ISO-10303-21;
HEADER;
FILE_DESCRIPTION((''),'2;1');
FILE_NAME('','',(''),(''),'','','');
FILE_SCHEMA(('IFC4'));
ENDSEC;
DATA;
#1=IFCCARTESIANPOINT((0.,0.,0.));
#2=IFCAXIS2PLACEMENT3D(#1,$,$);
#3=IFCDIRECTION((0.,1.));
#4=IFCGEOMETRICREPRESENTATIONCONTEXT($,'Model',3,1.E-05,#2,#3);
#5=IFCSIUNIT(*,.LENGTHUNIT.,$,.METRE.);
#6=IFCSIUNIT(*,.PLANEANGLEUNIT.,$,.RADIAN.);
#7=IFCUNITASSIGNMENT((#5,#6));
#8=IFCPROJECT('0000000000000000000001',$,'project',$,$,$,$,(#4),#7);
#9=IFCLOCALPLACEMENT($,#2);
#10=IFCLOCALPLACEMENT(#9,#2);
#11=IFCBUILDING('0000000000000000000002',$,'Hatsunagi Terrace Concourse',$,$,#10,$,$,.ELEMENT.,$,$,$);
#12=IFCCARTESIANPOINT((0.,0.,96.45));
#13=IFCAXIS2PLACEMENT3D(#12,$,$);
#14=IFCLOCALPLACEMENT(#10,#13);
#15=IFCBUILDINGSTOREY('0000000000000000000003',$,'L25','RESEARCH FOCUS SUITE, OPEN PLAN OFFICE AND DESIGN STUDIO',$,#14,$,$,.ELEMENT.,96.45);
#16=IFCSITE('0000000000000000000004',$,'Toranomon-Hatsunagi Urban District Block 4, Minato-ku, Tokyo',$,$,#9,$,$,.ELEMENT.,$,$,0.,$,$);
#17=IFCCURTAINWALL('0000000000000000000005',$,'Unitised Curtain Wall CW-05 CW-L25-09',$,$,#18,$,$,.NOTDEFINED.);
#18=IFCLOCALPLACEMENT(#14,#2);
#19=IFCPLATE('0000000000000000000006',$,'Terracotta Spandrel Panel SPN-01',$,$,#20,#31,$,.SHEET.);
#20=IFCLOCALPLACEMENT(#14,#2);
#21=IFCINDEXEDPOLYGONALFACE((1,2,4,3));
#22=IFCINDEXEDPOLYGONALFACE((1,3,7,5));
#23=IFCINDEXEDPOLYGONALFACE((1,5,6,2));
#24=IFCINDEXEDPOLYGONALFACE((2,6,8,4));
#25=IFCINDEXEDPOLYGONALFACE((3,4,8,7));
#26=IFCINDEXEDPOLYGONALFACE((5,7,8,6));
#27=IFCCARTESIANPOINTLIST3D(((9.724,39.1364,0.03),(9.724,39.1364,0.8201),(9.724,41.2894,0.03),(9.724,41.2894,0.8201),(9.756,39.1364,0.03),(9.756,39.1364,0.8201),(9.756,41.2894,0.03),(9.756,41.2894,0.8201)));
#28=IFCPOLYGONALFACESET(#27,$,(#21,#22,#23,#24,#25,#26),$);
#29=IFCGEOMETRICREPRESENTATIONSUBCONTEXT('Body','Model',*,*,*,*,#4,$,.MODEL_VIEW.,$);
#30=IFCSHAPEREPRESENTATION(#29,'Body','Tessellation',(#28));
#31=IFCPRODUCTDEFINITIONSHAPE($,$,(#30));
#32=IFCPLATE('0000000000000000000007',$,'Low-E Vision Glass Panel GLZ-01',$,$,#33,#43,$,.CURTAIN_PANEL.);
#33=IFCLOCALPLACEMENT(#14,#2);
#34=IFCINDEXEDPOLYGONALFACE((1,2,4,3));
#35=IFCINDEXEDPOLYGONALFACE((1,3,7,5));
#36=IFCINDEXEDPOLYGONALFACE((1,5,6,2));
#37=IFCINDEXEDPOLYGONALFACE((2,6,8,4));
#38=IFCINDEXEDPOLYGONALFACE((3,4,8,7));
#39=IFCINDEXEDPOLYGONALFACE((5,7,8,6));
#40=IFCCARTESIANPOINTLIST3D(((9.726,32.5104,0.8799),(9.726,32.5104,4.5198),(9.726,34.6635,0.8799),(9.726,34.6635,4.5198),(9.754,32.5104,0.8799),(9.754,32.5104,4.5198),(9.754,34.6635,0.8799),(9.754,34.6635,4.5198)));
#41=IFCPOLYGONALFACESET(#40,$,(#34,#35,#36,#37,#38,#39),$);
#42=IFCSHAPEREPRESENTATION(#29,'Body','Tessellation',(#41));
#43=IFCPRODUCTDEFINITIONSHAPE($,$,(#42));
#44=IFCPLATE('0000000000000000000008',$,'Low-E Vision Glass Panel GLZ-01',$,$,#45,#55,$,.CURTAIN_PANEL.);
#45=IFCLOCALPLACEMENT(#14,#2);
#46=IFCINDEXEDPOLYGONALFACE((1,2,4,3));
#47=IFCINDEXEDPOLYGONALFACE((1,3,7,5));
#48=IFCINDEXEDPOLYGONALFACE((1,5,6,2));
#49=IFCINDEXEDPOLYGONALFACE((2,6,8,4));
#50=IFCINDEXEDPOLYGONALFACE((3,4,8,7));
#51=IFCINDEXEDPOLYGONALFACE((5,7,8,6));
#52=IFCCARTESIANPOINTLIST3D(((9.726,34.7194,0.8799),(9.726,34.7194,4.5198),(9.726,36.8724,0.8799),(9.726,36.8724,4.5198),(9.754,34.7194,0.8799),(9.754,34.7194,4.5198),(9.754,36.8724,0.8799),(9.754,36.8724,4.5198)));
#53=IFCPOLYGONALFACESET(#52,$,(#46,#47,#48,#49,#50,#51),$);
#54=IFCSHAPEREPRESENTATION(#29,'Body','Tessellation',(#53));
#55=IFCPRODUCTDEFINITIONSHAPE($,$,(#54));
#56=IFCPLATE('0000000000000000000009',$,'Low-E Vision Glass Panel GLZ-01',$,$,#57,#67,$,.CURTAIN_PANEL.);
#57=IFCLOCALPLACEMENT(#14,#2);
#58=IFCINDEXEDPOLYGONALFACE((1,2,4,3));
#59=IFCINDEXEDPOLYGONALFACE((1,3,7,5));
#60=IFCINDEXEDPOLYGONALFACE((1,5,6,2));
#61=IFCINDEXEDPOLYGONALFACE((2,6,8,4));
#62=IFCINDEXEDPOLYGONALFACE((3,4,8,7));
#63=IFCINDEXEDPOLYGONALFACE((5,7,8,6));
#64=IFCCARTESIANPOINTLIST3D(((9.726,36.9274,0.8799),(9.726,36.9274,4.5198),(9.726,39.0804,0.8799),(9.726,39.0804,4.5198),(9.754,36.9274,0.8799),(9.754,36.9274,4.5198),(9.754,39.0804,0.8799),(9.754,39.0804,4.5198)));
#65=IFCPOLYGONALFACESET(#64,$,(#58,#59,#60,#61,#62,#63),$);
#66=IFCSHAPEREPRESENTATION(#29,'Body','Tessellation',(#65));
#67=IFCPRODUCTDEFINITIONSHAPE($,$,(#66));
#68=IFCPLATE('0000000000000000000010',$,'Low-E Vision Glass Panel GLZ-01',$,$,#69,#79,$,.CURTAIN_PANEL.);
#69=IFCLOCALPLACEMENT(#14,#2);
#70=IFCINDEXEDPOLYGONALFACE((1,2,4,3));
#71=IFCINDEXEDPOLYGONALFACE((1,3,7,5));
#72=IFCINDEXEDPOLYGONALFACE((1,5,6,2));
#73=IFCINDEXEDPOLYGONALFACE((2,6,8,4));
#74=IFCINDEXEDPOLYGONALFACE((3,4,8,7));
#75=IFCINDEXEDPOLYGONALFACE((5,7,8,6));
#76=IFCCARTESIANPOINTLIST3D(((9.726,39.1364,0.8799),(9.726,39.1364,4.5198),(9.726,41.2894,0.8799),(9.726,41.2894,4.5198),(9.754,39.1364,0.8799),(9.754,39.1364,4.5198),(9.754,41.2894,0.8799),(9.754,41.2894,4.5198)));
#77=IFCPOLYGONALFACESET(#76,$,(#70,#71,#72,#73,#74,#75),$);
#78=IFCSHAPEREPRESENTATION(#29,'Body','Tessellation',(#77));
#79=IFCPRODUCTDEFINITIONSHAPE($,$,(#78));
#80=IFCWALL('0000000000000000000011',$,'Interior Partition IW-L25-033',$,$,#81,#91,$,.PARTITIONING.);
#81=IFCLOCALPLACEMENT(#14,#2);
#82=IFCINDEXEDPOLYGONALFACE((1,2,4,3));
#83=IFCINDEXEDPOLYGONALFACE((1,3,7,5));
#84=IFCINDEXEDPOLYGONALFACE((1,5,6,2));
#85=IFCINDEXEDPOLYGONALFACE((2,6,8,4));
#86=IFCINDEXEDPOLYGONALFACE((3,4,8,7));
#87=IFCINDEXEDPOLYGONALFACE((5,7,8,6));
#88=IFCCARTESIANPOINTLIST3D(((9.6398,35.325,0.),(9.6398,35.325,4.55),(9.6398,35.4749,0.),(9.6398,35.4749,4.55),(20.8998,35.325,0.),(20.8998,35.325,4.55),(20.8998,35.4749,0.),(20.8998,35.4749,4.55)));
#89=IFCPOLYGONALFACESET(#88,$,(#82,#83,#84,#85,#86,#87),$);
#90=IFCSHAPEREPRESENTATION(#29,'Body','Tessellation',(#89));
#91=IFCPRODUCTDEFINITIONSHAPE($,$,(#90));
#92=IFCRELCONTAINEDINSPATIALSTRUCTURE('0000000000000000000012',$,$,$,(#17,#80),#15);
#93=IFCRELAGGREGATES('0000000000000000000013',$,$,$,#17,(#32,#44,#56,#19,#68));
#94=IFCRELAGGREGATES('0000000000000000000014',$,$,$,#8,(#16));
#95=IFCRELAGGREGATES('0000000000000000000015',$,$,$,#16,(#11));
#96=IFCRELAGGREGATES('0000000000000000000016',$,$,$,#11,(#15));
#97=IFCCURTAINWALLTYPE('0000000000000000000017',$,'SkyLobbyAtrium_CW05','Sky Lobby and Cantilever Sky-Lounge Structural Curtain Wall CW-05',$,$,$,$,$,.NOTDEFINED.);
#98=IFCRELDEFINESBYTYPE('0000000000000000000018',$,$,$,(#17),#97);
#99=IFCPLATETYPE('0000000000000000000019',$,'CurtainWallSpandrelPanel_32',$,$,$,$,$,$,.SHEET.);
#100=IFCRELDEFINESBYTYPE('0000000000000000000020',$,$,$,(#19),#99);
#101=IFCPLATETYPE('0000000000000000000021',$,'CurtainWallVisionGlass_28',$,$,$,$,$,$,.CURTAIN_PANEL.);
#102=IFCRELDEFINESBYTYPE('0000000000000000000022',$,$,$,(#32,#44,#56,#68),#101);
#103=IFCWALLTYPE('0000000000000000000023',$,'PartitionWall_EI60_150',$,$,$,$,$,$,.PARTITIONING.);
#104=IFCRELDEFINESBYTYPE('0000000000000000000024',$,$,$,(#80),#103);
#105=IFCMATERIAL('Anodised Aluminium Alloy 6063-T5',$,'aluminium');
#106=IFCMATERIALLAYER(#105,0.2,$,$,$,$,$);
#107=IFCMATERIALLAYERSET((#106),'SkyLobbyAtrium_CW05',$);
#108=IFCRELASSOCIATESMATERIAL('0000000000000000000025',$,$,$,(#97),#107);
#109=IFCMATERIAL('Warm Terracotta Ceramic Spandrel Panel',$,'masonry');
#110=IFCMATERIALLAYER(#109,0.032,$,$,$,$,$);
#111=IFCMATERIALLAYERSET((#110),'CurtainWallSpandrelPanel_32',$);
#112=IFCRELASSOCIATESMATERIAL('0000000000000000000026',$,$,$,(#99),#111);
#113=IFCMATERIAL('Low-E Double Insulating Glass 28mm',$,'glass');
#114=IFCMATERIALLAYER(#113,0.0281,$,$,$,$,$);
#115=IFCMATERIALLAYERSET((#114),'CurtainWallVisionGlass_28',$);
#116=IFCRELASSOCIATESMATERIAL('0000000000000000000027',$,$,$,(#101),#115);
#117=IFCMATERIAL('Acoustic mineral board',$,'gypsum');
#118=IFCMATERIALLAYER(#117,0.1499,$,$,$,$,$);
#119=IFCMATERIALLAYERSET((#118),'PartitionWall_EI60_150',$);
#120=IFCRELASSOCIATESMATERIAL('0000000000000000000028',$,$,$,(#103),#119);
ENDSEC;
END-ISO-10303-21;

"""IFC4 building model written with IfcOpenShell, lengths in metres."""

from ifc_helpers import new_model, si_unit, direction, frame, frame_2d, origin, origin_2d, place, context, subcontext, project, spatial, rectangle, extrude, material, layer, layer_set, type_object, element, aggregate, save


model = new_model("IFC4")

# Units and contexts
model_context = context("Model", 3, precision=1e-05, world=origin(), true_north=direction((0.0, 1.0)))
body_context = subcontext(model_context, "Body", "Model", "MODEL_VIEW")
ifc_project = project(units=[si_unit("LENGTHUNIT", "METRE"), si_unit("PLANEANGLEUNIT", "RADIAN")], contexts=[model_context])

# Site, building, storey
site_placement = place(None, origin())
site = spatial("IfcSite", under=ifc_project, at=site_placement, Name="Toranomon-Hatsunagi Urban District Block 4, Minato-ku, Tokyo", CompositionType="ELEMENT", RefElevation=0.0)
building_placement = place(site_placement, origin())
building = spatial("IfcBuilding", under=site, at=building_placement, Name="Hatsunagi Terrace Concourse", CompositionType="ELEMENT")
storey_placement = place(building_placement, frame((0.0, 0.0, 96.45)))
storey = spatial("IfcBuildingStorey", under=building, at=storey_placement, Name="L25", Description="RESEARCH FOCUS SUITE, OPEN PLAN OFFICE AND DESIGN STUDIO", CompositionType="ELEMENT", Elevation=96.45)

# Curtain wall
ifc_material_1 = material(Name="Anodised Aluminium Alloy 6063-T5", Category="aluminium")
ifc_layer_1 = layer(ifc_material_1, 0.2)
ifc_layer_set_1 = layer_set([ifc_layer_1], Name="SkyLobbyAtrium_CW05")
curtain_wall_type = type_object("IfcCurtainWallType", Name="SkyLobbyAtrium_CW05", Description="Sky Lobby and Cantilever Sky-Lounge Structural Curtain Wall CW-05", PredefinedType="NOTDEFINED", material=ifc_layer_set_1)
curtain_wall_placement = place(storey_placement, origin())
curtain_wall = element("IfcCurtainWall", 1, at=curtain_wall_placement, inside=storey, type_object=curtain_wall_type, Name="Unitised Curtain Wall CW-05 CW-L25-09", PredefinedType="NOTDEFINED")

# Plates
ifc_material_2 = material(Name="Warm Terracotta Ceramic Spandrel Panel", Category="masonry")
ifc_layer_2 = layer(ifc_material_2, 0.032)
ifc_layer_set_2 = layer_set([ifc_layer_2], Name="CurtainWallSpandrelPanel_32")
plate_type_1 = type_object("IfcPlateType", Name="CurtainWallSpandrelPanel_32", PredefinedType="SHEET", material=ifc_layer_set_2)
plate_1_placement = place(storey_placement, frame((9.74, 40.2129, 0.03), z_axis=(0.0, 0.0, 1.0), x_axis=(0.0, 1.0, 0.0)))
plate_1 = element("IfcPlate", 2, at=plate_1_placement, type_object=plate_type_1, Name="Terracotta Spandrel Panel SPN-01", PredefinedType="SHEET", context=body_context, shape_type="SweptSolid", body=[
    extrude(rectangle(XDim=2.1531, YDim=0.032, at=origin_2d()), origin(), (0.0, 0.0, 1.0), 0.79),
])
ifc_material_3 = material(Name="Low-E Double Insulating Glass 28mm", Category="glass")
ifc_layer_3 = layer(ifc_material_3, 0.0281)
ifc_layer_set_3 = layer_set([ifc_layer_3], Name="CurtainWallVisionGlass_28")
plate_type_2 = type_object("IfcPlateType", Name="CurtainWallVisionGlass_28", PredefinedType="CURTAIN_PANEL", material=ifc_layer_set_3)
plate_2_placement = place(storey_placement, frame((9.74, 33.5869, 0.8799), z_axis=(0.0, 0.0, 1.0), x_axis=(0.0, 1.0, 0.0)))
plate_2 = element("IfcPlate", 3, at=plate_2_placement, type_object=plate_type_2, Name="Low-E Vision Glass Panel GLZ-01", PredefinedType="CURTAIN_PANEL", context=body_context, shape_type="SweptSolid", body=[
    extrude(rectangle(XDim=2.1531, YDim=0.0281, at=origin_2d()), origin(), (0.0, 0.0, 1.0), 3.6399),
])
plate_3_placement = place(storey_placement, frame((9.74, 35.7959, 0.8799), z_axis=(0.0, 0.0, 1.0), x_axis=(0.0, 1.0, 0.0)))
plate_3 = element("IfcPlate", 4, at=plate_3_placement, type_object=plate_type_2, Name="Low-E Vision Glass Panel GLZ-01", PredefinedType="CURTAIN_PANEL", context=body_context, shape_type="SweptSolid", body=[
    extrude(rectangle(XDim=2.1531, YDim=0.0281, at=origin_2d()), origin(), (0.0, 0.0, 1.0), 3.6399),
])
plate_4_placement = place(storey_placement, frame((9.74, 38.0039, 0.8799), z_axis=(0.0, 0.0, 1.0), x_axis=(0.0, 1.0, 0.0)))
plate_4 = element("IfcPlate", 5, at=plate_4_placement, type_object=plate_type_2, Name="Low-E Vision Glass Panel GLZ-01", PredefinedType="CURTAIN_PANEL", context=body_context, shape_type="SweptSolid", body=[
    extrude(rectangle(XDim=2.1531, YDim=0.0281, at=origin_2d()), origin(), (0.0, 0.0, 1.0), 3.6399),
])
plate_5_placement = place(storey_placement, frame((9.74, 40.2129, 0.8799), z_axis=(0.0, 0.0, 1.0), x_axis=(0.0, 1.0, 0.0)))
plate_5 = element("IfcPlate", 6, at=plate_5_placement, type_object=plate_type_2, Name="Low-E Vision Glass Panel GLZ-01", PredefinedType="CURTAIN_PANEL", context=body_context, shape_type="SweptSolid", body=[
    extrude(rectangle(XDim=2.1531, YDim=0.0281, at=origin_2d()), origin(), (0.0, 0.0, 1.0), 3.6399),
])
aggregate(curtain_wall, [plate_2, plate_3, plate_4, plate_1, plate_5])

# Wall
ifc_material_4 = material(Name="Acoustic mineral board", Category="gypsum")
ifc_layer_4 = layer(ifc_material_4, 0.1499)
ifc_layer_set_4 = layer_set([ifc_layer_4], Name="PartitionWall_EI60_150")
wall_type = type_object("IfcWallType", Name="PartitionWall_EI60_150", PredefinedType="PARTITIONING", material=ifc_layer_set_4)
wall_placement = place(storey_placement, frame((9.6399, 35.3999, 0.0), z_axis=(0.0, 0.0, 1.0), x_axis=(1.0, 0.0, 0.0)))
element("IfcWall", 7, at=wall_placement, inside=storey, type_object=wall_type, Name="Interior Partition IW-L25-033", PredefinedType="PARTITIONING", context=body_context, shape_type="SweptSolid", body=[
    extrude(rectangle(XDim=11.26, YDim=0.1499, at=frame_2d((5.6299, 0.0))), origin(), (0.0, 0.0, 1.0), 4.55),
])

save(model, "model.ifc")
